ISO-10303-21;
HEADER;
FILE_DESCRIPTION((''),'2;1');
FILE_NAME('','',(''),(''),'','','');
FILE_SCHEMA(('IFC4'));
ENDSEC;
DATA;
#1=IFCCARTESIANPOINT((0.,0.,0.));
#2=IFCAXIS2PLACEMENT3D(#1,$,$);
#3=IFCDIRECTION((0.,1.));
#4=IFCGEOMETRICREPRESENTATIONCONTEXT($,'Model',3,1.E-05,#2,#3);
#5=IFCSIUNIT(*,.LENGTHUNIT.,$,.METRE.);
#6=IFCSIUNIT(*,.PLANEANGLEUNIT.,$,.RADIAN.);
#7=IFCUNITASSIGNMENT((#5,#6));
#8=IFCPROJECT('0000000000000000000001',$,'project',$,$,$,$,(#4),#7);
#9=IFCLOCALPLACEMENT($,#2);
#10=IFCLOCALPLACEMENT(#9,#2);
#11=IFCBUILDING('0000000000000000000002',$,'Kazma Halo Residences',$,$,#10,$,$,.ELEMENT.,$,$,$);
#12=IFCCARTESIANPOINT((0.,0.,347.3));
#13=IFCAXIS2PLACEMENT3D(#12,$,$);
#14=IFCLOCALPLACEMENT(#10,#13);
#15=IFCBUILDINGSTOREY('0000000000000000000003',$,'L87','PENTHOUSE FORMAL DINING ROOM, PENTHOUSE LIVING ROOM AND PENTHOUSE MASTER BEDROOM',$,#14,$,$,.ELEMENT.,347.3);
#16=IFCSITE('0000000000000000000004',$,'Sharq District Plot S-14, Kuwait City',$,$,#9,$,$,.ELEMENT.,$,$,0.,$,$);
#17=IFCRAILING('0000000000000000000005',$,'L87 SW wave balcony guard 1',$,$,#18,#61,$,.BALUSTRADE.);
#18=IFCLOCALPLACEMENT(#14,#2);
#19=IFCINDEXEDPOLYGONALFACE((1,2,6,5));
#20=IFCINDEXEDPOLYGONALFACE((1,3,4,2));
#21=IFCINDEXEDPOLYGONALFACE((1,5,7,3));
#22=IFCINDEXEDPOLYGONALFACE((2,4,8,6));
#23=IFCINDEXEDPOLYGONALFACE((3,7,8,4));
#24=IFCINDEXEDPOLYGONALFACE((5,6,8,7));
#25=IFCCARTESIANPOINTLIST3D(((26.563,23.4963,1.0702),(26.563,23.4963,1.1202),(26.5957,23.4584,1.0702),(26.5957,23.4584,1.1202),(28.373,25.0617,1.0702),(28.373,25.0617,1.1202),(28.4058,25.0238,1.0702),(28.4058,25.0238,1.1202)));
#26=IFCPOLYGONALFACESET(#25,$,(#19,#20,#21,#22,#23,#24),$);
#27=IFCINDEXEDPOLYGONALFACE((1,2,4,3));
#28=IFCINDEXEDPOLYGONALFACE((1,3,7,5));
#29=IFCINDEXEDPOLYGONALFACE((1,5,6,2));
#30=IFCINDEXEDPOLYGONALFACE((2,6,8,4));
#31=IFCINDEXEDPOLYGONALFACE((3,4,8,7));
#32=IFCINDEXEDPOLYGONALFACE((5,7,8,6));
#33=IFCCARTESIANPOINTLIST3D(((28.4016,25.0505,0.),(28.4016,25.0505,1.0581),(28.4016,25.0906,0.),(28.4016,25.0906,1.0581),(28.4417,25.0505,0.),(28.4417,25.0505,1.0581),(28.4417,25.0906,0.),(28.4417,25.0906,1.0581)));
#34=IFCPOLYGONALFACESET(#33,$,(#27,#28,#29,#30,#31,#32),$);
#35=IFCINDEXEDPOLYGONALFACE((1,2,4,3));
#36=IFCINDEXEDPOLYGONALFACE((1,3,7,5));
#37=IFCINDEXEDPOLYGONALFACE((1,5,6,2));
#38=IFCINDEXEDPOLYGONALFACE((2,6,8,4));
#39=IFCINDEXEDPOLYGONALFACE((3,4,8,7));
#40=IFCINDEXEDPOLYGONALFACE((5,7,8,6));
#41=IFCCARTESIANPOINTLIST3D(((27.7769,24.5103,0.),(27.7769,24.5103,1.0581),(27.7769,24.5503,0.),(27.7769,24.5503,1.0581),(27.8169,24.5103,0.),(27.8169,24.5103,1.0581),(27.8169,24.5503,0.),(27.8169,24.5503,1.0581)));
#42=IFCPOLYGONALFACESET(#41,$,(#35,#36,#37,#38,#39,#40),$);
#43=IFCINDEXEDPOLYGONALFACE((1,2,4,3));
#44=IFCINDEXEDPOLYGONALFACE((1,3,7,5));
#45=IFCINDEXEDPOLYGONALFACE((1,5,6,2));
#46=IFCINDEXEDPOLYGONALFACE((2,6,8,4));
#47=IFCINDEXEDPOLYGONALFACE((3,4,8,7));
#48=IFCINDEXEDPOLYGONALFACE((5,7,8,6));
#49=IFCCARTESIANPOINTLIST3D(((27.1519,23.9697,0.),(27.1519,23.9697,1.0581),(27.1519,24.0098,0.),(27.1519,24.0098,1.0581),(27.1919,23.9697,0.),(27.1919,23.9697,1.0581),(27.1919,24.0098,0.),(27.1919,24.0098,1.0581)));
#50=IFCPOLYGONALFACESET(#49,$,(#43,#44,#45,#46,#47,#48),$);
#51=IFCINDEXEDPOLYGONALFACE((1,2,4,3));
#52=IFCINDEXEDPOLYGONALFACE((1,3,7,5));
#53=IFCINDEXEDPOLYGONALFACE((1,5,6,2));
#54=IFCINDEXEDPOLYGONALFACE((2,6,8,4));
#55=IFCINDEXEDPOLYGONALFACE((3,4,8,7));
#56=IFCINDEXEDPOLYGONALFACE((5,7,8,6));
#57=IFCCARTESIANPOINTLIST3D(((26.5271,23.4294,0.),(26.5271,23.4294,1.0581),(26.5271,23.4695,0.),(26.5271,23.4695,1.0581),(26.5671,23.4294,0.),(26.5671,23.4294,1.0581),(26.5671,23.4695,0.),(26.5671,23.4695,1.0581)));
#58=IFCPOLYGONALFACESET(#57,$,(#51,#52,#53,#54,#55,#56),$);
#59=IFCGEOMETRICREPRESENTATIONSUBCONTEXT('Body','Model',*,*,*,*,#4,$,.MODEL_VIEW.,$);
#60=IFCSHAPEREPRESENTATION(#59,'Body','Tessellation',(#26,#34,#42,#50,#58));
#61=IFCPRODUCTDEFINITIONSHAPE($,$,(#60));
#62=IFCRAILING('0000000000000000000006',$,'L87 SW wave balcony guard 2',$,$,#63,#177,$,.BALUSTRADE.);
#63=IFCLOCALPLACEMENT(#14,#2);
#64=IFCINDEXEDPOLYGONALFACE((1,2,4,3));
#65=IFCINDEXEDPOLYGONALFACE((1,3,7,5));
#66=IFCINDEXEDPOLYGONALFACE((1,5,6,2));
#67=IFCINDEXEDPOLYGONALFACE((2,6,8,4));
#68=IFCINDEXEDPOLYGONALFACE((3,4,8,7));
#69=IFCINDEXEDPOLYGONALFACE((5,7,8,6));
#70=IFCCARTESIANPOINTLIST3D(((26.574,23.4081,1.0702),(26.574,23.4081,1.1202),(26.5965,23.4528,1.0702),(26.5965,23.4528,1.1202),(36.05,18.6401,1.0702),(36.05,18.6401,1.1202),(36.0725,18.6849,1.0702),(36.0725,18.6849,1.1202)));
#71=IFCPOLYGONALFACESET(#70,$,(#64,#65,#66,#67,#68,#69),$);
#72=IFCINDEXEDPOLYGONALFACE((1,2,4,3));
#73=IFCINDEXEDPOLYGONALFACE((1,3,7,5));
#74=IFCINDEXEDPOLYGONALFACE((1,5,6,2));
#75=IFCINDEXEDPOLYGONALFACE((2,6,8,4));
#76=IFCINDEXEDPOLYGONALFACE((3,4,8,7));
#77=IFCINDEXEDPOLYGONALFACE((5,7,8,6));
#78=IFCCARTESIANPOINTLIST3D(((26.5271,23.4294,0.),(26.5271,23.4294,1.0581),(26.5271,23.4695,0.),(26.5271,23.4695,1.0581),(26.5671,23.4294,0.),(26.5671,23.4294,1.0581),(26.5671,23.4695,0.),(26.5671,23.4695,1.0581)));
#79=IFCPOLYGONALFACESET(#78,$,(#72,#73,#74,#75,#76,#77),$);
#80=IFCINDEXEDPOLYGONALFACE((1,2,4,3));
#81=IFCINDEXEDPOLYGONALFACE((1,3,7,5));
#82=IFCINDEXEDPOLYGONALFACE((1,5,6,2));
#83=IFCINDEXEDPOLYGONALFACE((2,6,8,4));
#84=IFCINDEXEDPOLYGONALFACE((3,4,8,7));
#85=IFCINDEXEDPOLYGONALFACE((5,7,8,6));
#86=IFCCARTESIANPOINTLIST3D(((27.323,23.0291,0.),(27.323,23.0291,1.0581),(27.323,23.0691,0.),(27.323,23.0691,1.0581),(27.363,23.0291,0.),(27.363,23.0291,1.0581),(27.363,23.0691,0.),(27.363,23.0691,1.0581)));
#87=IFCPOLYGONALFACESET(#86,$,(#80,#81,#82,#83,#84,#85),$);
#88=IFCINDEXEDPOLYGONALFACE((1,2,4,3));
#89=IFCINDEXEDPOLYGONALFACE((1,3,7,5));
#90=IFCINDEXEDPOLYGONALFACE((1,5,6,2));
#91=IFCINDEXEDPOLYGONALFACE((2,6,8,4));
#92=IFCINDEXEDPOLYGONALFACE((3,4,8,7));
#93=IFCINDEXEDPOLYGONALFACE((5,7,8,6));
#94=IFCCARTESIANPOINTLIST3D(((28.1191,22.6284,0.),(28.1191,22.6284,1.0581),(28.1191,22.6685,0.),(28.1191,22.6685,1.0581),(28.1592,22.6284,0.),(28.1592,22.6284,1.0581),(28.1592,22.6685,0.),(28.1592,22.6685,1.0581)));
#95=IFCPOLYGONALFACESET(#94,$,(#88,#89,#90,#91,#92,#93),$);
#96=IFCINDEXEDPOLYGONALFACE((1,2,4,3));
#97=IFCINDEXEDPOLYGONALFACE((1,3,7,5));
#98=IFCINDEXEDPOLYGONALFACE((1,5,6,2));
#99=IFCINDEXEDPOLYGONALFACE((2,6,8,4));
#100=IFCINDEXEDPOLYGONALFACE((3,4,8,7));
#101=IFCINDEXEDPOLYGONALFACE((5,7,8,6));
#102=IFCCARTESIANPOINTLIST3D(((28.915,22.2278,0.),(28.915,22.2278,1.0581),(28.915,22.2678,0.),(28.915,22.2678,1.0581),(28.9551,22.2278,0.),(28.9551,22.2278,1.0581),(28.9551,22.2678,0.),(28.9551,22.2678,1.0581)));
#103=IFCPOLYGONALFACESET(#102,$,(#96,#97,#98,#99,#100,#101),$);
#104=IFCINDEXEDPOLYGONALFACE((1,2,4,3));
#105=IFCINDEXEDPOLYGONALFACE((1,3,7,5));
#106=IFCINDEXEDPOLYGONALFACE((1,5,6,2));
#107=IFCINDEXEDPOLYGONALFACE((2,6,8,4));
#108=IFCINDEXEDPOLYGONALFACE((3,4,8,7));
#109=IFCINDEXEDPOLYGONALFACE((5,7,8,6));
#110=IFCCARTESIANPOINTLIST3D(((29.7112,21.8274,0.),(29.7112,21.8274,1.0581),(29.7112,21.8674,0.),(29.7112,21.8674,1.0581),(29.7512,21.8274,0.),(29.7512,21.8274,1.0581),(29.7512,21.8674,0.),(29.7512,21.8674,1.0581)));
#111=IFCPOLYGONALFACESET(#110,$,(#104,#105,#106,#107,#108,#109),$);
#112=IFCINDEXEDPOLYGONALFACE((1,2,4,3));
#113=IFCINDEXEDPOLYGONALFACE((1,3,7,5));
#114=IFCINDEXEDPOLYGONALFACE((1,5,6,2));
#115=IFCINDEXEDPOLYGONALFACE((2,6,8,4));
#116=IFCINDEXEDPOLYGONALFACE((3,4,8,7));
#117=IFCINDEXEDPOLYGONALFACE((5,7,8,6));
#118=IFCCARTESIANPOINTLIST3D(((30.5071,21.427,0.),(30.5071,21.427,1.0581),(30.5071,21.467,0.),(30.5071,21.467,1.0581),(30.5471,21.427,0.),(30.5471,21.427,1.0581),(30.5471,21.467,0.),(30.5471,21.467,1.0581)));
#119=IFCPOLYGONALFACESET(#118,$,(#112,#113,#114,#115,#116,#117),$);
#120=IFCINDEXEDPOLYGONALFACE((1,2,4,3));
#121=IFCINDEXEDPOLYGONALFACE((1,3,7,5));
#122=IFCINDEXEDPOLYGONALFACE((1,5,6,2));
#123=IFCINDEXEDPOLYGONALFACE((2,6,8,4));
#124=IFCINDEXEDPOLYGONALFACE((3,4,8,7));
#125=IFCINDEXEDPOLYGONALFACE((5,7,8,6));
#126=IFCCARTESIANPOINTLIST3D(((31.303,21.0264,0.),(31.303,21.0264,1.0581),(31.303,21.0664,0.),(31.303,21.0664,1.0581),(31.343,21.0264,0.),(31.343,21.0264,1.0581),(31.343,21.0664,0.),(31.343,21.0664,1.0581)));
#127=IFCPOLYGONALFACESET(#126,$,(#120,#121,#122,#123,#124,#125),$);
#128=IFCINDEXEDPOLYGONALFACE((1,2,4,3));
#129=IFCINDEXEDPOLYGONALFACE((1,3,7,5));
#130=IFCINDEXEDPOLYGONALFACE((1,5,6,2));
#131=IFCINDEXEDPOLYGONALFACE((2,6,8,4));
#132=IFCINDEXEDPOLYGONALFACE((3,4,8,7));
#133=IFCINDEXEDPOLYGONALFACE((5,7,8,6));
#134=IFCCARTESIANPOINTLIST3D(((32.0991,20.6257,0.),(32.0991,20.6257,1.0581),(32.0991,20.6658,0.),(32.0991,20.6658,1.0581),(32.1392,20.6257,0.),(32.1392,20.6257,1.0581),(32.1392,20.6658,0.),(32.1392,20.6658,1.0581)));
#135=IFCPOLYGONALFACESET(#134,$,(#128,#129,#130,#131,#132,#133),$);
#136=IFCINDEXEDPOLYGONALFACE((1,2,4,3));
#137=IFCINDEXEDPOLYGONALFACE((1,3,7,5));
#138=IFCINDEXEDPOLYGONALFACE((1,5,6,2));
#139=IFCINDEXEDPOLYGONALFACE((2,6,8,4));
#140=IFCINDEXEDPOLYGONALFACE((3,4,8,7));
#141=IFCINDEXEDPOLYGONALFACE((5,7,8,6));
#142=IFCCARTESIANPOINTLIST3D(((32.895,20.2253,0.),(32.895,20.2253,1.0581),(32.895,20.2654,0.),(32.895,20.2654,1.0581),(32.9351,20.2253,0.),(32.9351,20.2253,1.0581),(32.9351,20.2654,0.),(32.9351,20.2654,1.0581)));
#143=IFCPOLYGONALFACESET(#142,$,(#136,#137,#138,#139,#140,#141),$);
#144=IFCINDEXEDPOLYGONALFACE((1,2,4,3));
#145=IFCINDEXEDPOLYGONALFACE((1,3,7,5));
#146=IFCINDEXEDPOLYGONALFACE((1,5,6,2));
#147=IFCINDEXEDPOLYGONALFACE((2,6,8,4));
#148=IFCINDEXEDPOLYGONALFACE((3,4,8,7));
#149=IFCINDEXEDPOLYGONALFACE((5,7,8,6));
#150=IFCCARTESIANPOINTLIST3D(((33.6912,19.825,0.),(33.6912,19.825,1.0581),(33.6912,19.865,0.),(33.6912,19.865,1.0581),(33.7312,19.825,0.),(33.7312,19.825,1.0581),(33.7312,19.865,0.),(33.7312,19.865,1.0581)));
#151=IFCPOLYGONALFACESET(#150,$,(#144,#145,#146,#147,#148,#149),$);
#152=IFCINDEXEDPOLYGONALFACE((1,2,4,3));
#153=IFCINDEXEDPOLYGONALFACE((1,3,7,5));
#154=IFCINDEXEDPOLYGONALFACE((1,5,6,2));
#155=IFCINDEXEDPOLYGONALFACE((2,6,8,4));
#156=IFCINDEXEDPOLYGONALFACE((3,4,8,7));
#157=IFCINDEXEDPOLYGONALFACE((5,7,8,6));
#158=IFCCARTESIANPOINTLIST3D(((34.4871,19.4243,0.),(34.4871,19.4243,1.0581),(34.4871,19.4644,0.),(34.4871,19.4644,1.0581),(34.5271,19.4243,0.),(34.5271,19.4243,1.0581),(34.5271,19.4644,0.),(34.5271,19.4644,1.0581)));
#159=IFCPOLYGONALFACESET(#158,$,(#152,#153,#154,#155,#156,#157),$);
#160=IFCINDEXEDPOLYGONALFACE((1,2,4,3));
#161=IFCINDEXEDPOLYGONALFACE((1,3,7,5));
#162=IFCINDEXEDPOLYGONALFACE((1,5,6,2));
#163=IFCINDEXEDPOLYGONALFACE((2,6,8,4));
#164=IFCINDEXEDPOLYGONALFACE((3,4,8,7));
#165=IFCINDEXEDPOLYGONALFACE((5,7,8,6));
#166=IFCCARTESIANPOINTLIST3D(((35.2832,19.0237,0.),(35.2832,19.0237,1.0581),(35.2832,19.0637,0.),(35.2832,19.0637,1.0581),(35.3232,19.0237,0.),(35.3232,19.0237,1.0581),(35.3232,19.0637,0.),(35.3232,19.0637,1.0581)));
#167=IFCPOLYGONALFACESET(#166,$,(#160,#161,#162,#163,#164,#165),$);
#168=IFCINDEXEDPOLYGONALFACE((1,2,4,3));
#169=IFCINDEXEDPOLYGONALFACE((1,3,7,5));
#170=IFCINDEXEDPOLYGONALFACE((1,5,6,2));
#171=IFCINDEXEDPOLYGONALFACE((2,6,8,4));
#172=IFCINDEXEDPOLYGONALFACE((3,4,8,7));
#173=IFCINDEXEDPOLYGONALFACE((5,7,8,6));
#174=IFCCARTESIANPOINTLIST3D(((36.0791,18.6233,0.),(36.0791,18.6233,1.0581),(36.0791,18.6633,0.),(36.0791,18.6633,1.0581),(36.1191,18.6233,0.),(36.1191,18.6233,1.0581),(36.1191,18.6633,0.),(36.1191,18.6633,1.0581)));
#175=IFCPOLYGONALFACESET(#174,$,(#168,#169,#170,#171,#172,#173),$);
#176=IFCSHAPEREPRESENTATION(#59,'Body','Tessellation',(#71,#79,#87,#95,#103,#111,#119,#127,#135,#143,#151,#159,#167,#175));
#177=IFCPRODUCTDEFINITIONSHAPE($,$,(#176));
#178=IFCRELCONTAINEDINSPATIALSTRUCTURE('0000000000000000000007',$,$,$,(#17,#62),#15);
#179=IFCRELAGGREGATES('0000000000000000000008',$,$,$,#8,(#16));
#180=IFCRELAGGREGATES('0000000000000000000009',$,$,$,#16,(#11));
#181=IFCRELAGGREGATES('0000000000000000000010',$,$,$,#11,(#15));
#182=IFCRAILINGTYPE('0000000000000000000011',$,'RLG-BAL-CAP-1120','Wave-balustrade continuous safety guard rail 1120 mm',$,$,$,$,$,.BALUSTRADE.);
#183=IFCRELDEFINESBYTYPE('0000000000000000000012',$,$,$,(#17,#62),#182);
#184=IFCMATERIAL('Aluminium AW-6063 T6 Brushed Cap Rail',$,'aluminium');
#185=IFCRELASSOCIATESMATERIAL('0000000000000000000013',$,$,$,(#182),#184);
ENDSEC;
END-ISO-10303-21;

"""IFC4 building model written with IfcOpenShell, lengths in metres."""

from ifc_helpers import new_model, si_unit, direction, frame, origin, origin_2d, place, context, subcontext, project, spatial, rectangle, extrude, material, type_object, element, save


model = new_model("IFC4")

# Units and contexts
model_context = context("Model", 3, precision=1e-05, world=origin(), true_north=direction((0.0, 1.0)))
body_context = subcontext(model_context, "Body", "Model", "MODEL_VIEW")
ifc_project = project(units=[si_unit("LENGTHUNIT", "METRE"), si_unit("PLANEANGLEUNIT", "RADIAN")], contexts=[model_context])

# Site, building, storey
site_placement = place(None, origin())
site = spatial("IfcSite", under=ifc_project, at=site_placement, Name="Sharq District Plot S-14, Kuwait City", CompositionType="ELEMENT", RefElevation=0.0)
building_placement = place(site_placement, origin())
building = spatial("IfcBuilding", under=site, at=building_placement, Name="Kazma Halo Residences", CompositionType="ELEMENT")
storey_placement = place(building_placement, frame((0.0, 0.0, 347.3)))
storey = spatial("IfcBuildingStorey", under=building, at=storey_placement, Name="L87", Description="PENTHOUSE FORMAL DINING ROOM, PENTHOUSE LIVING ROOM AND PENTHOUSE MASTER BEDROOM", CompositionType="ELEMENT", Elevation=347.3)

# Railings
ifc_material_1 = material(Name="Aluminium AW-6063 T6 Brushed Cap Rail", Category="aluminium")
railing_type = type_object("IfcRailingType", Name="RLG-BAL-CAP-1120", Description="Wave-balustrade continuous safety guard rail 1120 mm", PredefinedType="BALUSTRADE", material=ifc_material_1)
railing_1_placement = place(storey_placement, frame((28.4216, 25.0706, 0.0)))
element("IfcRailing", 1, at=railing_1_placement, inside=storey, type_object=railing_type, Name="L87 SW wave balcony guard 1", PredefinedType="BALUSTRADE", context=body_context, shape_type="SweptSolid", body=[
    extrude(rectangle(XDim=0.05, YDim=0.05, at=origin_2d()), frame((-0.0322, -0.0278, 1.0952), z_axis=(-0.756384, -0.654128, 0.0), x_axis=(0.654128, -0.756384, 0.0)), (0.0, 0.0, 1.0), 2.3931),
    extrude(rectangle(XDim=0.04, YDim=0.04, at=origin_2d()), origin(), (0.0, 0.0, 1.0), 1.0581),
    extrude(rectangle(XDim=0.04, YDim=0.04, at=origin_2d()), frame((-0.6248, -0.5403, 0.0)), (0.0, 0.0, 1.0), 1.0581),
    extrude(rectangle(XDim=0.04, YDim=0.04, at=origin_2d()), frame((-1.2498, -1.0808, 0.0)), (0.0, 0.0, 1.0), 1.0581),
    extrude(rectangle(XDim=0.04, YDim=0.04, at=origin_2d()), frame((-1.8745, -1.6211, 0.0)), (0.0, 0.0, 1.0), 1.0581),
])
railing_2_placement = place(storey_placement, frame((26.5471, 23.4495, 0.0)))
element("IfcRailing", 2, at=railing_2_placement, inside=storey, type_object=railing_type, Name="L87 SW wave balcony guard 2", PredefinedType="BALUSTRADE", context=body_context, shape_type="SweptSolid", body=[
    extrude(rectangle(XDim=0.05, YDim=0.05, at=origin_2d()), frame((0.0381, -0.019, 1.0952), z_axis=(0.893296, -0.449468, 0.0), x_axis=(0.449468, 0.893296, 0.0)), (0.0, 0.0, 1.0), 10.6079),
    extrude(rectangle(XDim=0.04, YDim=0.04, at=origin_2d()), origin(), (0.0, 0.0, 1.0), 1.0581),
    extrude(rectangle(XDim=0.04, YDim=0.04, at=origin_2d()), frame((0.7959, -0.4004, 0.0)), (0.0, 0.0, 1.0), 1.0581),
    extrude(rectangle(XDim=0.04, YDim=0.04, at=origin_2d()), frame((1.592, -0.801, 0.0)), (0.0, 0.0, 1.0), 1.0581),
    extrude(rectangle(XDim=0.04, YDim=0.04, at=origin_2d()), frame((2.3879, -1.2017, 0.0)), (0.0, 0.0, 1.0), 1.0581),
    extrude(rectangle(XDim=0.04, YDim=0.04, at=origin_2d()), frame((3.1841, -1.6021, 0.0)), (0.0, 0.0, 1.0), 1.0581),
    extrude(rectangle(XDim=0.04, YDim=0.04, at=origin_2d()), frame((3.98, -2.0024, 0.0)), (0.0, 0.0, 1.0), 1.0581),
    extrude(rectangle(XDim=0.04, YDim=0.04, at=origin_2d()), frame((4.7759, -2.4031, 0.0)), (0.0, 0.0, 1.0), 1.0581),
    extrude(rectangle(XDim=0.04, YDim=0.04, at=origin_2d()), frame((5.572, -2.8037, 0.0)), (0.0, 0.0, 1.0), 1.0581),
    extrude(rectangle(XDim=0.04, YDim=0.04, at=origin_2d()), frame((6.3679, -3.2041, 0.0)), (0.0, 0.0, 1.0), 1.0581),
    extrude(rectangle(XDim=0.04, YDim=0.04, at=origin_2d()), frame((7.1641, -3.6045, 0.0)), (0.0, 0.0, 1.0), 1.0581),
    extrude(rectangle(XDim=0.04, YDim=0.04, at=origin_2d()), frame((7.96, -4.0051, 0.0)), (0.0, 0.0, 1.0), 1.0581),
    extrude(rectangle(XDim=0.04, YDim=0.04, at=origin_2d()), frame((8.7561, -4.4058, 0.0)), (0.0, 0.0, 1.0), 1.0581),
    extrude(rectangle(XDim=0.04, YDim=0.04, at=origin_2d()), frame((9.552, -4.8062, 0.0)), (0.0, 0.0, 1.0), 1.0581),
])

save(model, "model.ifc")
